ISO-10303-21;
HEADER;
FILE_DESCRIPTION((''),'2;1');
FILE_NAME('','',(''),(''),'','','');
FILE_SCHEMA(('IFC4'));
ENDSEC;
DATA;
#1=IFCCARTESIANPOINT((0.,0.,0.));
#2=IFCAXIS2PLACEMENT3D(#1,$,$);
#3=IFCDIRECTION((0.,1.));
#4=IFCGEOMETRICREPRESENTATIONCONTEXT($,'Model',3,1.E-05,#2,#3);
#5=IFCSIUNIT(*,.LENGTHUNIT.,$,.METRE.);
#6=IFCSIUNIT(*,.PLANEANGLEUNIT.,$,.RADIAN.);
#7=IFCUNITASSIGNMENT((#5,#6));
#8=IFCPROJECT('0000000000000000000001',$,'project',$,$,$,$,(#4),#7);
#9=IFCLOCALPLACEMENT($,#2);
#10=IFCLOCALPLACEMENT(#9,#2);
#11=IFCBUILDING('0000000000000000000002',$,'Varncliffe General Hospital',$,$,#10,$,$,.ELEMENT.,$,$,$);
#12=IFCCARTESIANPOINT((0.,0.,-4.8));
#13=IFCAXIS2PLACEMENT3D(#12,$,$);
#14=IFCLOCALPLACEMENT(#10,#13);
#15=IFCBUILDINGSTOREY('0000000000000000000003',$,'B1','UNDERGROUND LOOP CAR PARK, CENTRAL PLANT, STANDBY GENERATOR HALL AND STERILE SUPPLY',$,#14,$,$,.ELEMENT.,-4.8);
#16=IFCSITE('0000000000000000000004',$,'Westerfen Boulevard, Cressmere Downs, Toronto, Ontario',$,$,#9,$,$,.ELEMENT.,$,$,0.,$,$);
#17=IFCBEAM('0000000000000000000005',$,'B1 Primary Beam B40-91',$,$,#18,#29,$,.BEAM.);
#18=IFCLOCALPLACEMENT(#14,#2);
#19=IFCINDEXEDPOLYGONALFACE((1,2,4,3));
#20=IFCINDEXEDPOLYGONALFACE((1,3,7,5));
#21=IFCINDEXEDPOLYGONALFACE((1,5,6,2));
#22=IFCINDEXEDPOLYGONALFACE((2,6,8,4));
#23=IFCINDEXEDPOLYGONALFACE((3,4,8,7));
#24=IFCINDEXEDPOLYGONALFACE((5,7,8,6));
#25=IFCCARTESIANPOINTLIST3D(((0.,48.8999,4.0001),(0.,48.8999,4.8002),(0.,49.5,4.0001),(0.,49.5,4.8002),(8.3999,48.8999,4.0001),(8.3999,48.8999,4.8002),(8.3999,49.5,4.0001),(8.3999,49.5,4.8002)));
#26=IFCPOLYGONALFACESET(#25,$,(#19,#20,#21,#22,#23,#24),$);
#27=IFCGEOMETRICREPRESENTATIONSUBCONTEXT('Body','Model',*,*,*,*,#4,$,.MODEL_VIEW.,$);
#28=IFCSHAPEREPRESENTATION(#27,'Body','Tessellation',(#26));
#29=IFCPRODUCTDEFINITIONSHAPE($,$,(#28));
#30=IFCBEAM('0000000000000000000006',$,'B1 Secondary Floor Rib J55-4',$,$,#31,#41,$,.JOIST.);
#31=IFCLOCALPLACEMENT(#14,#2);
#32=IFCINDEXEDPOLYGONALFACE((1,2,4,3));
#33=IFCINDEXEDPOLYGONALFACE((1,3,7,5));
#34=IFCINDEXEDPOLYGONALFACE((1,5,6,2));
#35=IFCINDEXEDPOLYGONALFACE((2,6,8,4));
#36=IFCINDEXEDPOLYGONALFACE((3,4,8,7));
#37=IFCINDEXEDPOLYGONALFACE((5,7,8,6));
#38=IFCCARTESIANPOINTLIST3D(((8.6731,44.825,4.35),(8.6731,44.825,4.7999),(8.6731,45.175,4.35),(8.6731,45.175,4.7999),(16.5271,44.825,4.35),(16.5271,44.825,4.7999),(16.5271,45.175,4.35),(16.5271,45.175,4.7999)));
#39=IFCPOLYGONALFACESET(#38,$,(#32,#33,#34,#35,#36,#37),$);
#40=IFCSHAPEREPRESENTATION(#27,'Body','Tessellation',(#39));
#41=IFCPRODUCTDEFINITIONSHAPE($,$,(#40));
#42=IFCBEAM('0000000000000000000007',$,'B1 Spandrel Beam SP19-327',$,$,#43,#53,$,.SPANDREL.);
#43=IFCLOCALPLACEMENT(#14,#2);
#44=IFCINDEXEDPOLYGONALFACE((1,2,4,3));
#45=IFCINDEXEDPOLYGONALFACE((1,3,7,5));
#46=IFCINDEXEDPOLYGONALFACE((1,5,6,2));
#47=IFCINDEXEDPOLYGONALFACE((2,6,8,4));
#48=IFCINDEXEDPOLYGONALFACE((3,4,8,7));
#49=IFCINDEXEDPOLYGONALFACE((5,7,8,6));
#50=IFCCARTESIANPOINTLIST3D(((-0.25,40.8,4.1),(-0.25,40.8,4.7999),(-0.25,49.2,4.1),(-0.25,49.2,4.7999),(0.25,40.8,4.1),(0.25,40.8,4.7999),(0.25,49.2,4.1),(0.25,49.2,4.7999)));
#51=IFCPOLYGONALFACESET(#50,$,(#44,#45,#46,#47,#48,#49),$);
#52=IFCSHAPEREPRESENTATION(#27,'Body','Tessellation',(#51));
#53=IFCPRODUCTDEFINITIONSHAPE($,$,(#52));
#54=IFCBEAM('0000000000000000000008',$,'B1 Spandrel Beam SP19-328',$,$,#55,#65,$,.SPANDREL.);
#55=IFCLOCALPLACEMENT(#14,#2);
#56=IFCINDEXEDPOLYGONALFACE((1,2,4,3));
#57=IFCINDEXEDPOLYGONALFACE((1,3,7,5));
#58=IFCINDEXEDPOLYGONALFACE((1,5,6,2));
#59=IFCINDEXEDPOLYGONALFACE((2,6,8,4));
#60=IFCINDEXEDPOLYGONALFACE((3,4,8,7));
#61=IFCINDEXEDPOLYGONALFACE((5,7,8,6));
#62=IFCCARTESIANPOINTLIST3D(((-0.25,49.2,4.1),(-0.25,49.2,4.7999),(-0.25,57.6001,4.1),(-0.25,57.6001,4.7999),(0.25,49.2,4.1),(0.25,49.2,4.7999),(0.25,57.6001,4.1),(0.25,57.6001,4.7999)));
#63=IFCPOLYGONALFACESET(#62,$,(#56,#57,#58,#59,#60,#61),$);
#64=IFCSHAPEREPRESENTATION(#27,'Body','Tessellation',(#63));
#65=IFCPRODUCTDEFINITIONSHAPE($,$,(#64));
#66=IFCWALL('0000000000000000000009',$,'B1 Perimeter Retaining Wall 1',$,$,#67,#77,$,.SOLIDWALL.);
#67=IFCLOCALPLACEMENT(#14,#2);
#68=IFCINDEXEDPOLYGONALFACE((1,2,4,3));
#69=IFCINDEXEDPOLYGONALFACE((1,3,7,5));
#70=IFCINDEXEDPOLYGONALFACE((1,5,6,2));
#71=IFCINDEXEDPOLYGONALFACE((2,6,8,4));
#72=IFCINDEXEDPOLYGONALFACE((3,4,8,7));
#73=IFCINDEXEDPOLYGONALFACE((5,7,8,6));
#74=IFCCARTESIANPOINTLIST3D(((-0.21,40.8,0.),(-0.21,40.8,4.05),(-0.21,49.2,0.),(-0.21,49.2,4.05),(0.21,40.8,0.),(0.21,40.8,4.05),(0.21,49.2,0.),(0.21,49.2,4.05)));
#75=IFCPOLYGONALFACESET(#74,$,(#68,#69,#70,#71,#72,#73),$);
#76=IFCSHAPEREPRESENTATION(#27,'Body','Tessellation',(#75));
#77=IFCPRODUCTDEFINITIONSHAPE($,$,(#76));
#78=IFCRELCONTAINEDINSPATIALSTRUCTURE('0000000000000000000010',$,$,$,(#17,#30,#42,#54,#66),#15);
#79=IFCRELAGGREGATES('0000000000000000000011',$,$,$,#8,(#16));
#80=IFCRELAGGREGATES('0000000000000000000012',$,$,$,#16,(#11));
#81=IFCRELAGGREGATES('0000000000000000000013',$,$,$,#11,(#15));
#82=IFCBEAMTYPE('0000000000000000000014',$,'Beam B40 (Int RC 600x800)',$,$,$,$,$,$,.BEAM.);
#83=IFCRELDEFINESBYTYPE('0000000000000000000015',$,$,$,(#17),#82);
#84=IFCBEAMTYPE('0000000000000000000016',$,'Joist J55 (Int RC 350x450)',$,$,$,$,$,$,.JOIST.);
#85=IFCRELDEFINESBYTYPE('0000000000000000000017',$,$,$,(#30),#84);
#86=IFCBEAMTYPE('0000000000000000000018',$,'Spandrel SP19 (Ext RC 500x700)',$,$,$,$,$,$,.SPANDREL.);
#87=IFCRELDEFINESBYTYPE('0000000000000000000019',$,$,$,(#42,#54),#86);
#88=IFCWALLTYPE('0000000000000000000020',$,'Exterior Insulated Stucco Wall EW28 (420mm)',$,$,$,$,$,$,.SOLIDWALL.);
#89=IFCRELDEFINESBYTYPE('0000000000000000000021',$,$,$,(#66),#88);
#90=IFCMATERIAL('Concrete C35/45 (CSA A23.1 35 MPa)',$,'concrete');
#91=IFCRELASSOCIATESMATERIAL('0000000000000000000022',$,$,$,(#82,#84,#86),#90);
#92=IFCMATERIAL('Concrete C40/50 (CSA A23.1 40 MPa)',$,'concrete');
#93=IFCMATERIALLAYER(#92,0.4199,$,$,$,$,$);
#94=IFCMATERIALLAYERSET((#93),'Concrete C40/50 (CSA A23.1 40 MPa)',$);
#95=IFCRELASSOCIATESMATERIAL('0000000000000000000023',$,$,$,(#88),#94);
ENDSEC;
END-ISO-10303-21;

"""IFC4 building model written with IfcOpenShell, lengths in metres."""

from ifc_helpers import new_model, si_unit, direction, frame, frame_2d, origin, origin_2d, place, context, subcontext, project, spatial, rectangle, extrude, material, layer, layer_set, material_profile, profile_set, type_object, element, save


model = new_model("IFC4")

# Units and contexts
model_context = context("Model", 3, precision=1e-05, world=origin(), true_north=direction((0.0, 1.0)))
body_context = subcontext(model_context, "Body", "Model", "MODEL_VIEW")
ifc_project = project(units=[si_unit("LENGTHUNIT", "METRE"), si_unit("PLANEANGLEUNIT", "RADIAN")], contexts=[model_context])

# Site, building, storey
site_placement = place(None, origin())
site = spatial("IfcSite", under=ifc_project, at=site_placement, Name="Westerfen Boulevard, Cressmere Downs, Toronto, Ontario", CompositionType="ELEMENT", RefElevation=0.0)
building_placement = place(site_placement, origin())
building = spatial("IfcBuilding", under=site, at=building_placement, Name="Varncliffe General Hospital", CompositionType="ELEMENT")
storey_placement = place(building_placement, frame((0.0, 0.0, -4.8)))
storey = spatial("IfcBuildingStorey", under=building, at=storey_placement, Name="B1", Description="UNDERGROUND LOOP CAR PARK, CENTRAL PLANT, STANDBY GENERATOR HALL AND STERILE SUPPLY", CompositionType="ELEMENT", Elevation=-4.8)

# Shared definitions
ifc_material_1 = material(Name="Concrete C40/50 (CSA A23.1 40 MPa)", Category="concrete")

# Beams
ifc_material_2 = material(Name="Concrete C35/45 (CSA A23.1 35 MPa)", Category="concrete")
ifc_material_profile_1 = material_profile(ifc_material_2, rectangle(XDim=0.6001, YDim=0.8, at=origin_2d()), Name="RC 600x800")
ifc_profile_set_1 = profile_set([ifc_material_profile_1], Name="Concrete C35/45 (CSA A23.1 35 MPa)")
beam_type_1 = type_object("IfcBeamType", Name="Beam B40 (Int RC 600x800)", PredefinedType="BEAM", material=ifc_profile_set_1)
beam_1_placement = place(storey_placement, frame((0.0, 49.2, 4.4001), z_axis=(1.0, 0.0, 0.0), x_axis=(0.0, 1.0, 0.0)))
element("IfcBeam", 1, at=beam_1_placement, inside=storey, type_object=beam_type_1, Name="B1 Primary Beam B40-91", PredefinedType="BEAM", context=body_context, shape_type="SweptSolid", body=[
    extrude(rectangle(XDim=0.6001, YDim=0.8, at=origin_2d()), origin(), (0.0, 0.0, 1.0), 8.3999),
])
ifc_material_profile_2 = material_profile(ifc_material_2, rectangle(XDim=0.3501, YDim=0.45, at=origin_2d()), Name="RC 350x450")
ifc_profile_set_2 = profile_set([ifc_material_profile_2], Name="Concrete C35/45 (CSA A23.1 35 MPa)")
beam_type_2 = type_object("IfcBeamType", Name="Joist J55 (Int RC 350x450)", PredefinedType="JOIST", material=ifc_profile_set_2)
beam_2_placement = place(storey_placement, frame((8.6731, 45.0, 4.575), z_axis=(1.0, 0.0, 0.0), x_axis=(0.0, 1.0, 0.0)))
element("IfcBeam", 2, at=beam_2_placement, inside=storey, type_object=beam_type_2, Name="B1 Secondary Floor Rib J55-4", PredefinedType="JOIST", context=body_context, shape_type="SweptSolid", body=[
    extrude(rectangle(XDim=0.3501, YDim=0.45, at=origin_2d()), origin(), (0.0, 0.0, 1.0), 7.854),
])
ifc_material_profile_3 = material_profile(ifc_material_2, rectangle(XDim=0.5, YDim=0.7, at=origin_2d()), Name="RC 500x700")
ifc_profile_set_3 = profile_set([ifc_material_profile_3], Name="Concrete C35/45 (CSA A23.1 35 MPa)")
beam_type_3 = type_object("IfcBeamType", Name="Spandrel SP19 (Ext RC 500x700)", PredefinedType="SPANDREL", material=ifc_profile_set_3)
beam_3_placement = place(storey_placement, frame((0.0, 40.8, 4.45), z_axis=(0.0, 1.0, 0.0), x_axis=(-1.0, 0.0, 0.0)))
element("IfcBeam", 3, at=beam_3_placement, inside=storey, type_object=beam_type_3, Name="B1 Spandrel Beam SP19-327", PredefinedType="SPANDREL", context=body_context, shape_type="SweptSolid", body=[
    extrude(rectangle(XDim=0.5, YDim=0.7, at=origin_2d()), origin(), (0.0, 0.0, 1.0), 8.3999),
])
beam_4_placement = place(storey_placement, frame((0.0, 49.2, 4.45), z_axis=(0.0, 1.0, 0.0), x_axis=(-1.0, 0.0, 0.0)))
element("IfcBeam", 4, at=beam_4_placement, inside=storey, type_object=beam_type_3, Name="B1 Spandrel Beam SP19-328", PredefinedType="SPANDREL", context=body_context, shape_type="SweptSolid", body=[
    extrude(rectangle(XDim=0.5, YDim=0.7, at=origin_2d()), origin(), (0.0, 0.0, 1.0), 8.4001),
])

# Wall
ifc_layer = layer(ifc_material_1, 0.4199)
ifc_layer_set = layer_set([ifc_layer], Name="Concrete C40/50 (CSA A23.1 40 MPa)")
wall_type = type_object("IfcWallType", Name="Exterior Insulated Stucco Wall EW28 (420mm)", PredefinedType="SOLIDWALL", material=ifc_layer_set)
wall_placement = place(storey_placement, frame((0.0, 40.8, 0.0), z_axis=(0.0, 0.0, 1.0), x_axis=(0.0, 1.0, 0.0)))
element("IfcWall", 5, at=wall_placement, inside=storey, type_object=wall_type, Name="B1 Perimeter Retaining Wall 1", PredefinedType="SOLIDWALL", context=body_context, shape_type="SweptSolid", body=[
    extrude(rectangle(XDim=8.3999, YDim=0.4199, at=frame_2d((4.2, 0.0))), origin(), (0.0, 0.0, 1.0), 4.05),
])

save(model, "model.ifc")
